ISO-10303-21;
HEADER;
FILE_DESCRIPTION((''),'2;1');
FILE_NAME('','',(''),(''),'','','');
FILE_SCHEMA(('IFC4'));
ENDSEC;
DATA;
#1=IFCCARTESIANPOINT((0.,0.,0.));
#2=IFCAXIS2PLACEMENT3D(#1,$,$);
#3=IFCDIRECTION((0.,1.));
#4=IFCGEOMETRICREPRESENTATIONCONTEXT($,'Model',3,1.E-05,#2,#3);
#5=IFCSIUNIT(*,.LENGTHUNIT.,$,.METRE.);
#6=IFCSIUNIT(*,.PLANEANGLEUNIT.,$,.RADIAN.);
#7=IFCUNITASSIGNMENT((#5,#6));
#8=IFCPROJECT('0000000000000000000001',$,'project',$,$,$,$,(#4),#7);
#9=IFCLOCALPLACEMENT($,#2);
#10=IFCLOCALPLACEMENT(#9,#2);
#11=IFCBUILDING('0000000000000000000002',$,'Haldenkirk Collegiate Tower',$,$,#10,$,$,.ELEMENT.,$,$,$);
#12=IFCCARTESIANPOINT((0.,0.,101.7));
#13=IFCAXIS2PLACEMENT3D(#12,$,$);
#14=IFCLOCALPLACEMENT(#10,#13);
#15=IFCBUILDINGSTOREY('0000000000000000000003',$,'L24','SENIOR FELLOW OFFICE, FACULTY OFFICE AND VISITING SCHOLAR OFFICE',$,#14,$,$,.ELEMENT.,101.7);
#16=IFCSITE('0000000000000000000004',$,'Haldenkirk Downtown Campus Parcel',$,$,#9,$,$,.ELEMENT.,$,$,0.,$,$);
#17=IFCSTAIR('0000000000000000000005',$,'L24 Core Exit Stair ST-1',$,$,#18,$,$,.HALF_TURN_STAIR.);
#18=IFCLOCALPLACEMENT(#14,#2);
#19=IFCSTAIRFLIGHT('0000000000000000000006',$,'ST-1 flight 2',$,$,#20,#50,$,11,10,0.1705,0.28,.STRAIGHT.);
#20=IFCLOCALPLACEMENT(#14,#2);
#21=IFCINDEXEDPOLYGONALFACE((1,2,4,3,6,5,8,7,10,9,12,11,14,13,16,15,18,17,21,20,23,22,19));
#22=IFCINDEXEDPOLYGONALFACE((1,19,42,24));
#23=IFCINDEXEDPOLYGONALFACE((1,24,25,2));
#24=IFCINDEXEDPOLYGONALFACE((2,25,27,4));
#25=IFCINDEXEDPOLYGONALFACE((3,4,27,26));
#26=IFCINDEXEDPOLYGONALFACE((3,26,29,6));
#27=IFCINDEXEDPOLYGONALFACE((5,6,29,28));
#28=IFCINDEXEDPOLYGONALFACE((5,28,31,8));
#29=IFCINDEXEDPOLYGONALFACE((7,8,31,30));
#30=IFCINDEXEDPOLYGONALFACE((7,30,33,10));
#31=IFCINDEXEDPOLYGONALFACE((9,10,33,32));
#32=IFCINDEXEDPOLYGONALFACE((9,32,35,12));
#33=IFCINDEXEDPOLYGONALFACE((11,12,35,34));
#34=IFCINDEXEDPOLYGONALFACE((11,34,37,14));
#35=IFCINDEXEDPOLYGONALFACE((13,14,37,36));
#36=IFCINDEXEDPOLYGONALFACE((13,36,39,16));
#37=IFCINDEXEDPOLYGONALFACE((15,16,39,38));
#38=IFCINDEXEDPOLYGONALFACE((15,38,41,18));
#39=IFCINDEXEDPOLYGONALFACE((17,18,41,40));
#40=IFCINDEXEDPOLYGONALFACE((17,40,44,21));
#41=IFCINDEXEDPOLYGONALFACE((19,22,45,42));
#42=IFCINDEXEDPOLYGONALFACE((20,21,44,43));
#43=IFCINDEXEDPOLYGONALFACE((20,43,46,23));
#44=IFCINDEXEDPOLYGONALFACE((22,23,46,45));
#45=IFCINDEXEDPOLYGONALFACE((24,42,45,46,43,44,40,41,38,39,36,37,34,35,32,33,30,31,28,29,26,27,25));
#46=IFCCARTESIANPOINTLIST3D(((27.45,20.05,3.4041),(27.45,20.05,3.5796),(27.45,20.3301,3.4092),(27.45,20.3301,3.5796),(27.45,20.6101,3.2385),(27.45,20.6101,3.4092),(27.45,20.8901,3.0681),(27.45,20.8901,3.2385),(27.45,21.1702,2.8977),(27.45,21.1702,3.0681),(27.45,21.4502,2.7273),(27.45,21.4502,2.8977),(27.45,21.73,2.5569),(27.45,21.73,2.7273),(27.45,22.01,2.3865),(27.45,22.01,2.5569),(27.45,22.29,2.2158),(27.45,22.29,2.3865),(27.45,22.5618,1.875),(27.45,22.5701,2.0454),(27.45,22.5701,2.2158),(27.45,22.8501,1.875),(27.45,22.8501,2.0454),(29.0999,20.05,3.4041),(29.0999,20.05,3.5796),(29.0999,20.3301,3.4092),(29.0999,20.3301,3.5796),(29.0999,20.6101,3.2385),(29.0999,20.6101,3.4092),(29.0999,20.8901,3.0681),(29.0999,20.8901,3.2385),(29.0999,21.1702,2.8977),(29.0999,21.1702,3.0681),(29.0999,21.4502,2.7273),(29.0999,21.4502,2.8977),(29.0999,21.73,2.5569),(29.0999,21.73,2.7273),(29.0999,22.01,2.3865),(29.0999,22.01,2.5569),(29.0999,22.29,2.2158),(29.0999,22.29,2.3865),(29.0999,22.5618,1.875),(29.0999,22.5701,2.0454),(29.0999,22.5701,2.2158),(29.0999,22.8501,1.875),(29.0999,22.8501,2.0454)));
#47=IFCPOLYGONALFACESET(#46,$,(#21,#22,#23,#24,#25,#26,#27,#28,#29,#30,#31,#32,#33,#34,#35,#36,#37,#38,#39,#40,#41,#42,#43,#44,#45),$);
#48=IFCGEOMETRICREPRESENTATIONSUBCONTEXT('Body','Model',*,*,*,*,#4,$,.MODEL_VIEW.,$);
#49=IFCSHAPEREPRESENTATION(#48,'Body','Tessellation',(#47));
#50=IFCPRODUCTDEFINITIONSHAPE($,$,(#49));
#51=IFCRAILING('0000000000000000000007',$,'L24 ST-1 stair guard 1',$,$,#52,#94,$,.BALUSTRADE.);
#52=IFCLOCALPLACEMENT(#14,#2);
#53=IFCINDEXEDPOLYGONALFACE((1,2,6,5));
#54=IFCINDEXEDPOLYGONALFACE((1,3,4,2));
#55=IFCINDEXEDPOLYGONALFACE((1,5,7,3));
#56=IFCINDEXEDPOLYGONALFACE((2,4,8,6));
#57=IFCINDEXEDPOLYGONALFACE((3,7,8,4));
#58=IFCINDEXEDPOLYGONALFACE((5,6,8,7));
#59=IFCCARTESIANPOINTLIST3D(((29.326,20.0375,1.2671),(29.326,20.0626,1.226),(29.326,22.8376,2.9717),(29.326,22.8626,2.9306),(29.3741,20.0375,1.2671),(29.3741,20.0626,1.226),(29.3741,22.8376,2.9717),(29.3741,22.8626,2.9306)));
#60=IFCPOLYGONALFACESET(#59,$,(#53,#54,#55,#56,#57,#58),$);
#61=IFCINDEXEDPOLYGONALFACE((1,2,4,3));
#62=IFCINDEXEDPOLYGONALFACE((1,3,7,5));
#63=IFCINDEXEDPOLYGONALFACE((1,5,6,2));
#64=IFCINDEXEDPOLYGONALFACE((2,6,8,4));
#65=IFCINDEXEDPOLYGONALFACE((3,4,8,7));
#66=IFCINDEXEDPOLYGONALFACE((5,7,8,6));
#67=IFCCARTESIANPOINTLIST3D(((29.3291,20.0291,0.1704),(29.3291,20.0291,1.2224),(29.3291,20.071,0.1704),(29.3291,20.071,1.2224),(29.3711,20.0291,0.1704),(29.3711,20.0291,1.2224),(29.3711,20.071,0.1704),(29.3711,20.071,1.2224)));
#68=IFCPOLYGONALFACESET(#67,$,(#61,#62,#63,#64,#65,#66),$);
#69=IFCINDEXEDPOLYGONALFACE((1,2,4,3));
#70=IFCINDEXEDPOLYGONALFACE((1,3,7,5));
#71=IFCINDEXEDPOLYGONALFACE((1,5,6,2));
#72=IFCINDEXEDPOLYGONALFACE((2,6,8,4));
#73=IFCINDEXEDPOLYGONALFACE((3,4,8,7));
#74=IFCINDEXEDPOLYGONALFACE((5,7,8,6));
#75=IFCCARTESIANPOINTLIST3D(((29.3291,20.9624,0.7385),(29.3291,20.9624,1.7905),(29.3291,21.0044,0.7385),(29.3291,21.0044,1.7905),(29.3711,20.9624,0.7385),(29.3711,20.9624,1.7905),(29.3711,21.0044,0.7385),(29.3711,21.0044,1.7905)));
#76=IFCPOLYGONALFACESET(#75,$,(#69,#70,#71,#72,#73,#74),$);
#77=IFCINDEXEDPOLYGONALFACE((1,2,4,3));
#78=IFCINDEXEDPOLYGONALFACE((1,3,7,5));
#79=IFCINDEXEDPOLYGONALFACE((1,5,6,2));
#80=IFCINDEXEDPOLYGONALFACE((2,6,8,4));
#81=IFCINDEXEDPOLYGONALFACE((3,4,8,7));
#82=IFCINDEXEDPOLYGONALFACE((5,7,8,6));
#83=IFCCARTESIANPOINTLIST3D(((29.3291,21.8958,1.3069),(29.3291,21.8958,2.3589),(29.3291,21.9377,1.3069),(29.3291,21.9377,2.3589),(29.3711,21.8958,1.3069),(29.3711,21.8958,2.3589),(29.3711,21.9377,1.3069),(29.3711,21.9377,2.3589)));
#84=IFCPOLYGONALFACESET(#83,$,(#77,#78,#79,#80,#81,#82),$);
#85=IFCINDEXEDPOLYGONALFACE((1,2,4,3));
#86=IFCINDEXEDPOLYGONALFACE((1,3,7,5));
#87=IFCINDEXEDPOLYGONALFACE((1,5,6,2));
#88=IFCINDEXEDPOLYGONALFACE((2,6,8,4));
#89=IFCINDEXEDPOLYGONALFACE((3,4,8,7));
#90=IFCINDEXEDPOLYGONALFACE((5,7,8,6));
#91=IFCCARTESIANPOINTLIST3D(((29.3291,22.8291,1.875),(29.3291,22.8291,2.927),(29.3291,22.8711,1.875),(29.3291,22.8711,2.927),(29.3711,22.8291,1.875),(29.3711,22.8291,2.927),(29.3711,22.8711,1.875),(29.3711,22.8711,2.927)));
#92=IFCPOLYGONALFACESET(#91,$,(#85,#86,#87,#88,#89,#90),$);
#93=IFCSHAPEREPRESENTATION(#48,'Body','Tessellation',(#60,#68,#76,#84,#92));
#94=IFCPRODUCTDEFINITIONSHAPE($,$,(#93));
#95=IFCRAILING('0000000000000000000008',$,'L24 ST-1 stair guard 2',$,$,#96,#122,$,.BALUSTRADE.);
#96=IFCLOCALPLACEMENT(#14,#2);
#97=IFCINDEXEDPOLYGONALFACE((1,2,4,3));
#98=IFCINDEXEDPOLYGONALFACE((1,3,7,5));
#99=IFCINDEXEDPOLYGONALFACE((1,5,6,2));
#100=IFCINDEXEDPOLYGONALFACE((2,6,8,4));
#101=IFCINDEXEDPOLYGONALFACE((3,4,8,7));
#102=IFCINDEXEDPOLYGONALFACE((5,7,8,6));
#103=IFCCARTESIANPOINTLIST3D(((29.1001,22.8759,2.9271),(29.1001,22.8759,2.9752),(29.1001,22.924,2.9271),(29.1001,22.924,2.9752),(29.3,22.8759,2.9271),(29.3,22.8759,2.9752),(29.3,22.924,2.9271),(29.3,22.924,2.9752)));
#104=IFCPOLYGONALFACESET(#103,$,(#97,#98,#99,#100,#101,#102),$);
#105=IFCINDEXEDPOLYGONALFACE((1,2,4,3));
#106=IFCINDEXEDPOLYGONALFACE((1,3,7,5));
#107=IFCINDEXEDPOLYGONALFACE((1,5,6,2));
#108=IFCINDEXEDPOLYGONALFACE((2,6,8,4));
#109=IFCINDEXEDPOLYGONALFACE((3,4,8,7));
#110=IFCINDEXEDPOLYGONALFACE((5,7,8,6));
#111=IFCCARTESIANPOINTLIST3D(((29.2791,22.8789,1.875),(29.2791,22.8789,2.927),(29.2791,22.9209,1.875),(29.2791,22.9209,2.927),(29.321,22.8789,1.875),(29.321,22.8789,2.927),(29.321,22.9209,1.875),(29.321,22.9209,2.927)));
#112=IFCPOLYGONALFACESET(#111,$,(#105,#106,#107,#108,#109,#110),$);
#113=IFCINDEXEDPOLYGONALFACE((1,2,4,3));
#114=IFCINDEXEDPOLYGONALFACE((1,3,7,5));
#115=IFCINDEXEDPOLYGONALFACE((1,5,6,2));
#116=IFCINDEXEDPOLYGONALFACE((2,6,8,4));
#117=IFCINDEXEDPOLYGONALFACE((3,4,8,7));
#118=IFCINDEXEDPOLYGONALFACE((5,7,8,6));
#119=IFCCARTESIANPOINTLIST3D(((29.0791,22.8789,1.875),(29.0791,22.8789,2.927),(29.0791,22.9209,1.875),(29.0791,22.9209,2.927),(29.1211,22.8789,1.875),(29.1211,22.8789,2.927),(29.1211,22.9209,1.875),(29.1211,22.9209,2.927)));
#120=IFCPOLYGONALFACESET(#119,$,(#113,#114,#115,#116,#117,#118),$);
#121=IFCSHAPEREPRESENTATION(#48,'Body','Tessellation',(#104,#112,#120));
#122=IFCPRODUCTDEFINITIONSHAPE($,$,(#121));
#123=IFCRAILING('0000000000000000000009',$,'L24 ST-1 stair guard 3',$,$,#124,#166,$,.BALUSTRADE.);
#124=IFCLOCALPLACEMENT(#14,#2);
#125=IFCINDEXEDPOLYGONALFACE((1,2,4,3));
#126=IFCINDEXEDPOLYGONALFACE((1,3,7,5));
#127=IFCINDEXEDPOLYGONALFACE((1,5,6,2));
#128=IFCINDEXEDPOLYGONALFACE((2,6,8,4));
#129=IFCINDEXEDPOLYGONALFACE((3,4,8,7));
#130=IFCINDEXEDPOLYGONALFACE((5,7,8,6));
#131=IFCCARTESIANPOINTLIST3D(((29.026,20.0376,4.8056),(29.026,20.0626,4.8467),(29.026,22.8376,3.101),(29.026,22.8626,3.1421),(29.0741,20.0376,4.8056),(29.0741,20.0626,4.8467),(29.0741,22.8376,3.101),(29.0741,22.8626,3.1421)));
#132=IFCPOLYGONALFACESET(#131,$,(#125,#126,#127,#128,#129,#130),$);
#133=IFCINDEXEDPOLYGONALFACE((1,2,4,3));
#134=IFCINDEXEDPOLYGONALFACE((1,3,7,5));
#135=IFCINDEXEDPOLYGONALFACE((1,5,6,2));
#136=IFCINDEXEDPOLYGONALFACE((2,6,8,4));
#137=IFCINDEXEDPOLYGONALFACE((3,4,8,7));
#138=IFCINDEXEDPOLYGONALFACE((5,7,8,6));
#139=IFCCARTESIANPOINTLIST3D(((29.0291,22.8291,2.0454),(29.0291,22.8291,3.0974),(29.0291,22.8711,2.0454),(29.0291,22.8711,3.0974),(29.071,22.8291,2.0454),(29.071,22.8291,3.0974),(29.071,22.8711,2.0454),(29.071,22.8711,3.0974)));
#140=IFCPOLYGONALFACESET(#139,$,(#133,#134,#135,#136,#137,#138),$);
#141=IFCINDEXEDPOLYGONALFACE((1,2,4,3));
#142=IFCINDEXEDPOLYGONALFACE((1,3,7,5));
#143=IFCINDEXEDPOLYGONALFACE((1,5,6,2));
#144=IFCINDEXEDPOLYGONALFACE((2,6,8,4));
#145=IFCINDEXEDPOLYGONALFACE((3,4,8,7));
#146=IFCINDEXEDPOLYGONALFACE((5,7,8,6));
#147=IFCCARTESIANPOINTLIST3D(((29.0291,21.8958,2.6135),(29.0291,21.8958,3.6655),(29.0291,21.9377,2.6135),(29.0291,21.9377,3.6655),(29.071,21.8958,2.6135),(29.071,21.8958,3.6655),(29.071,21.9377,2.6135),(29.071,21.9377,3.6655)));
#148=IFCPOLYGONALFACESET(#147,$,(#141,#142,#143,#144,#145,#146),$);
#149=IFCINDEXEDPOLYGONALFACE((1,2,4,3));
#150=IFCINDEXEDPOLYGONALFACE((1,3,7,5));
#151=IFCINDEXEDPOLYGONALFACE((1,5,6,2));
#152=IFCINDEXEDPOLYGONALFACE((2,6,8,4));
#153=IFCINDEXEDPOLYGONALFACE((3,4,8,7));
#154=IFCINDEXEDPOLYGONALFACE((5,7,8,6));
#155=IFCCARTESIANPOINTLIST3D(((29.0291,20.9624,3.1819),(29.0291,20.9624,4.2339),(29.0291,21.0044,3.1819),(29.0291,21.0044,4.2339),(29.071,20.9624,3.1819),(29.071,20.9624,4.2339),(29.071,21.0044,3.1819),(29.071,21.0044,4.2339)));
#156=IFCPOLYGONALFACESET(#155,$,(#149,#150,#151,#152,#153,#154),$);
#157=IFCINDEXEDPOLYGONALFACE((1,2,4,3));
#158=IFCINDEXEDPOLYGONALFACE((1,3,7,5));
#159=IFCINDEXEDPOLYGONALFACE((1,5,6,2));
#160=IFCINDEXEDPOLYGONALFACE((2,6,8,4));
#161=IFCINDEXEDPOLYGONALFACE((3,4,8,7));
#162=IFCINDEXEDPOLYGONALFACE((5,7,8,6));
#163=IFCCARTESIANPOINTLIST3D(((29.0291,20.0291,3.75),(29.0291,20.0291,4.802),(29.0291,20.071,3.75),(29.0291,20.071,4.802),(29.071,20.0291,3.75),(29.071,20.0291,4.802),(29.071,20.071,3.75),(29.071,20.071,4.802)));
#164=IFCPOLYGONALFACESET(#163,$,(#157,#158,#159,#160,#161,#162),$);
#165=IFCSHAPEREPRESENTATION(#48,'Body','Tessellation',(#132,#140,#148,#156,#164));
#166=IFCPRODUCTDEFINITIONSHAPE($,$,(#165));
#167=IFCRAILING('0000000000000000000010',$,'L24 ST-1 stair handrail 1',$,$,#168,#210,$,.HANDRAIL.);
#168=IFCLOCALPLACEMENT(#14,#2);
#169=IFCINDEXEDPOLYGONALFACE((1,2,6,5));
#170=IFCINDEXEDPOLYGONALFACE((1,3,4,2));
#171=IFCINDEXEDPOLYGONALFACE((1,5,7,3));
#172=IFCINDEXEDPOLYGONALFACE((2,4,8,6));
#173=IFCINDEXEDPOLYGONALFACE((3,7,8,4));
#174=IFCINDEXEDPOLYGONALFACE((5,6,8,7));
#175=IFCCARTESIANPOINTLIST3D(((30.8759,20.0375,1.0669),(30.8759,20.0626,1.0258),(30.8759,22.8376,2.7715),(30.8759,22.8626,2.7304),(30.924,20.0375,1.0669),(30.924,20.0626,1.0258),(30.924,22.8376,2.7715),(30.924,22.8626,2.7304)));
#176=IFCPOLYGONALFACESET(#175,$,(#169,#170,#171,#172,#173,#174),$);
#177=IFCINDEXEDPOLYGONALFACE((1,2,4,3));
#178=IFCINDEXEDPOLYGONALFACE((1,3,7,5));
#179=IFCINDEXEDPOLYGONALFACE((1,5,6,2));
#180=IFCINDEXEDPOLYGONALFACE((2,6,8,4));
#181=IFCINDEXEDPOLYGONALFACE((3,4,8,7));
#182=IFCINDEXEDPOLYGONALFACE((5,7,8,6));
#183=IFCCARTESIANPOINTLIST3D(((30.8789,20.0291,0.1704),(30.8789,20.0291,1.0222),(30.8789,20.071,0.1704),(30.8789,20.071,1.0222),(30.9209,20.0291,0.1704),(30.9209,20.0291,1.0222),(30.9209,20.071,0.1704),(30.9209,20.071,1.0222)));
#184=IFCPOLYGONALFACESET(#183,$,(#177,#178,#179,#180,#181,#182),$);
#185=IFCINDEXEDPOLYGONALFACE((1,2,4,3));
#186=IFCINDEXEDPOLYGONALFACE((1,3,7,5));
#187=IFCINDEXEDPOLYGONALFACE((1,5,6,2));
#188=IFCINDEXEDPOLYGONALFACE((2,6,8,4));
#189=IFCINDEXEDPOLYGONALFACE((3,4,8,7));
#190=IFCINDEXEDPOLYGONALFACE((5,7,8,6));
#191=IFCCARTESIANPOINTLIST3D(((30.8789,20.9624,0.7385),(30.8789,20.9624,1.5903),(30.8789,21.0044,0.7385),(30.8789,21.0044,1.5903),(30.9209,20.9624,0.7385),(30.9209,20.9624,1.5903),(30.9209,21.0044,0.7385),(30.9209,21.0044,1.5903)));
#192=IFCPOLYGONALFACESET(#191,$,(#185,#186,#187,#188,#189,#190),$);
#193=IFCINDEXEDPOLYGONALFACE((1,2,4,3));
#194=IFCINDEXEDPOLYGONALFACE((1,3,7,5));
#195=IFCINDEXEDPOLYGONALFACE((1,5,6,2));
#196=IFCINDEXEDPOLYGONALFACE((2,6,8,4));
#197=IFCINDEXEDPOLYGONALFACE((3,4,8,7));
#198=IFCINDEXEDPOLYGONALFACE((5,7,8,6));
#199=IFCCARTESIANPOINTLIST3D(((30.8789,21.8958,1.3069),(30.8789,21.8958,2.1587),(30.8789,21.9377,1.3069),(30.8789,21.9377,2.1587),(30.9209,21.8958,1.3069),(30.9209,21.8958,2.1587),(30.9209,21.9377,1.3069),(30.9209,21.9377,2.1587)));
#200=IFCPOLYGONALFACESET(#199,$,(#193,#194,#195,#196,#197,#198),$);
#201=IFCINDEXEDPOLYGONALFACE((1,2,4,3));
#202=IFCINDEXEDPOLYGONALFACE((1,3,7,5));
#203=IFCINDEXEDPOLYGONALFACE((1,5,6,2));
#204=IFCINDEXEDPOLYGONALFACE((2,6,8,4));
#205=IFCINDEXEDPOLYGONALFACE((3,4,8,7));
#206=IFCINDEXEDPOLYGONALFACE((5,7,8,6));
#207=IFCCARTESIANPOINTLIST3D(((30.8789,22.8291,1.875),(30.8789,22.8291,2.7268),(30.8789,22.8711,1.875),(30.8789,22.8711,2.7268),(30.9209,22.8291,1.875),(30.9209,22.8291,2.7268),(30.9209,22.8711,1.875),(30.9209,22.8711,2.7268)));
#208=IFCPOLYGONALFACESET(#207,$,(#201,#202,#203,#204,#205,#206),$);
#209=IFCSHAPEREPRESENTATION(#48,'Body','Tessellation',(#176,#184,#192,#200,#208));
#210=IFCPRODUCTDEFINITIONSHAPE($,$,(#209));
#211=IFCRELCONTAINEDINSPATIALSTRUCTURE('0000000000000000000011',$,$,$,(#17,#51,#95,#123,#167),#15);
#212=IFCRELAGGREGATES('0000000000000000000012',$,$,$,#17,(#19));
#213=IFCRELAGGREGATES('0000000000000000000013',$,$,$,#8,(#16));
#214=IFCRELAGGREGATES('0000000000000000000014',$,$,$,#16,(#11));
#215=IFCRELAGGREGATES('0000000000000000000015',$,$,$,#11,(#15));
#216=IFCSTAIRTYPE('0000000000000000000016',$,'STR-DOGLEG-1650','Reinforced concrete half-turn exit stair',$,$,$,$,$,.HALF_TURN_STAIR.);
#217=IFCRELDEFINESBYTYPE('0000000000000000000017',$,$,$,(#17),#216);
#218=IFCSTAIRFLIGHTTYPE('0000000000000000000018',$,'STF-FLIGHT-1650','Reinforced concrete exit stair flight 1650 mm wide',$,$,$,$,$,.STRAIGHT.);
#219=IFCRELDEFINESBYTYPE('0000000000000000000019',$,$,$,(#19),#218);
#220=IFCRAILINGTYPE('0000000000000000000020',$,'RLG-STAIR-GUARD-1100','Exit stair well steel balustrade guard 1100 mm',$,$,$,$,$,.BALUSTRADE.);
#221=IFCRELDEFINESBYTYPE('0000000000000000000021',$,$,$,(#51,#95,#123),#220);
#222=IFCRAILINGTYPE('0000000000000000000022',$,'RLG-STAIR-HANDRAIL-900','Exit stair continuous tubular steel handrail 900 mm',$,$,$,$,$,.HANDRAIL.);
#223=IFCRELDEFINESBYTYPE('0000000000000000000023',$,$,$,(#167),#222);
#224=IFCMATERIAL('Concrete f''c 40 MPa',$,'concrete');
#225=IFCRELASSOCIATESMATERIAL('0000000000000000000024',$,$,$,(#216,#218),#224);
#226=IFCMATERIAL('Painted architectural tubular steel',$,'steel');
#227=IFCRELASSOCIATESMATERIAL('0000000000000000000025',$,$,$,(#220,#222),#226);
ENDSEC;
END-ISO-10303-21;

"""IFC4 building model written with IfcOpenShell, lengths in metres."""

from ifc_helpers import new_model, si_unit, direction, frame, origin, origin_2d, place, context, subcontext, project, spatial, polyline, rectangle, outline, extrude, material, type_object, element, aggregate, save


model = new_model("IFC4")

# Units and contexts
model_context = context("Model", 3, precision=1e-05, world=origin(), true_north=direction((0.0, 1.0)))
body_context = subcontext(model_context, "Body", "Model", "MODEL_VIEW")
ifc_project = project(units=[si_unit("LENGTHUNIT", "METRE"), si_unit("PLANEANGLEUNIT", "RADIAN")], contexts=[model_context])

# Site, building, storey
site_placement = place(None, origin())
site = spatial("IfcSite", under=ifc_project, at=site_placement, Name="Haldenkirk Downtown Campus Parcel", CompositionType="ELEMENT", RefElevation=0.0)
building_placement = place(site_placement, origin())
building = spatial("IfcBuilding", under=site, at=building_placement, Name="Haldenkirk Collegiate Tower", CompositionType="ELEMENT")
storey_placement = place(building_placement, frame((0.0, 0.0, 101.7)))
storey = spatial("IfcBuildingStorey", under=building, at=storey_placement, Name="L24", Description="SENIOR FELLOW OFFICE, FACULTY OFFICE AND VISITING SCHOLAR OFFICE", CompositionType="ELEMENT", Elevation=101.7)

# Stair, stair flight
ifc_material_1 = material(Name="Concrete f'c 40 MPa", Category="concrete")
stair_type = type_object("IfcStairType", Name="STR-DOGLEG-1650", Description="Reinforced concrete half-turn exit stair", PredefinedType="HALF_TURN_STAIR", material=ifc_material_1)
stair_placement = place(storey_placement, origin())
stair = element("IfcStair", 1, at=stair_placement, inside=storey, type_object=stair_type, Name="L24 Core Exit Stair ST-1", PredefinedType="HALF_TURN_STAIR")
stair_flight_type = type_object("IfcStairFlightType", Name="STF-FLIGHT-1650", Description="Reinforced concrete exit stair flight 1650 mm wide", PredefinedType="STRAIGHT", material=ifc_material_1)
stair_flight_1_placement = place(storey_placement, frame((28.2749, 22.8501, 1.875), z_axis=(0.0, 0.0, 1.0), x_axis=(0.0, -1.0, 0.0)))
stair_flight_1 = element("IfcStairFlight", 2, at=stair_flight_1_placement, type_object=stair_flight_type, Name="ST-1 flight 2", NumberOfRisers=11, NumberOfTreads=10, PredefinedType="STRAIGHT", RiserHeight=0.1705, TreadLength=0.28, context=body_context, shape_type="SweptSolid", body=[
    extrude(outline(polyline([(0.0, 0.0), (0.0, 0.1704), (0.28, 0.1704), (0.28, 0.3408), (0.5601, 0.3408), (0.5601, 0.5115), (0.8401, 0.5115), (0.8401, 0.6819), (1.1201, 0.6819), (1.1201, 0.8523), (1.3999, 0.8523), (1.3999, 1.0227), (1.6799, 1.0227), (1.6799, 1.1931), (1.96, 1.1931), (1.96, 1.3635), (2.24, 1.3635), (2.24, 1.5342), (2.52, 1.5342), (2.52, 1.7046), (2.8, 1.7046), (2.8, 1.875), (2.8, 1.5291), (0.2883, 0.0), (0.0, 0.0)])), frame((0.0, 0.825, 0.0), z_axis=(0.0, -1.0, 0.0), x_axis=(1.0, 0.0, 0.0)), (0.0, 0.0, 1.0), 1.6499),
])
aggregate(stair, [stair_flight_1])

# Railings
ifc_material_2 = material(Name="Painted architectural tubular steel", Category="steel")
railing_type_1 = type_object("IfcRailingType", Name="RLG-STAIR-GUARD-1100", Description="Exit stair well steel balustrade guard 1100 mm", PredefinedType="BALUSTRADE", material=ifc_material_2)
railing_1_placement = place(storey_placement, frame((29.3501, 20.05, 0.1704)))
element("IfcRailing", 3, at=railing_1_placement, inside=storey, type_object=railing_type_1, Name="L24 ST-1 stair guard 1", PredefinedType="BALUSTRADE", context=body_context, shape_type="SweptSolid", body=[
    extrude(rectangle(XDim=0.0481, YDim=0.0481, at=origin_2d()), frame((0.0, 0.0, 1.0762), z_axis=(0.0, 0.85417, 0.519994), x_axis=(-1.0, 0.0, 0.0)), (0.0, 0.0, 1.0), 3.2781),
    extrude(rectangle(XDim=0.042, YDim=0.042, at=origin_2d()), origin(), (0.0, 0.0, 1.0), 1.052),
    extrude(rectangle(XDim=0.042, YDim=0.042, at=origin_2d()), frame((0.0, 0.9333, 0.5681)), (0.0, 0.0, 1.0), 1.052),
    extrude(rectangle(XDim=0.042, YDim=0.042, at=origin_2d()), frame((0.0, 1.8667, 1.1365)), (0.0, 0.0, 1.0), 1.052),
    extrude(rectangle(XDim=0.042, YDim=0.042, at=origin_2d()), frame((0.0, 2.8, 1.7046)), (0.0, 0.0, 1.0), 1.052),
])
railing_2_placement = place(storey_placement, frame((29.3, 22.8999, 1.875)))
element("IfcRailing", 4, at=railing_2_placement, inside=storey, type_object=railing_type_1, Name="L24 ST-1 stair guard 2", PredefinedType="BALUSTRADE", context=body_context, shape_type="SweptSolid", body=[
    extrude(rectangle(XDim=0.0481, YDim=0.0481, at=origin_2d()), frame((0.0, 0.0, 1.0762), z_axis=(-1.0, 0.0, 0.0), x_axis=(0.0, -1.0, 0.0)), (0.0, 0.0, 1.0), 0.2),
    extrude(rectangle(XDim=0.042, YDim=0.042, at=origin_2d()), origin(), (0.0, 0.0, 1.0), 1.052),
    extrude(rectangle(XDim=0.042, YDim=0.042, at=origin_2d()), frame((-0.2, 0.0, 0.0)), (0.0, 0.0, 1.0), 1.052),
])
railing_3_placement = place(storey_placement, frame((29.05, 22.8501, 2.0454)))
element("IfcRailing", 5, at=railing_3_placement, inside=storey, type_object=railing_type_1, Name="L24 ST-1 stair guard 3", PredefinedType="BALUSTRADE", context=body_context, shape_type="SweptSolid", body=[
    extrude(rectangle(XDim=0.0481, YDim=0.0481, at=origin_2d()), frame((0.0, 0.0, 1.0762), z_axis=(0.0, -0.85417, 0.519994), x_axis=(1.0, 0.0, 0.0)), (0.0, 0.0, 1.0), 3.2781),
    extrude(rectangle(XDim=0.042, YDim=0.042, at=origin_2d()), origin(), (0.0, 0.0, 1.0), 1.052),
    extrude(rectangle(XDim=0.042, YDim=0.042, at=origin_2d()), frame((0.0, -0.9333, 0.5681)), (0.0, 0.0, 1.0), 1.052),
    extrude(rectangle(XDim=0.042, YDim=0.042, at=origin_2d()), frame((0.0, -1.8667, 1.1365)), (0.0, 0.0, 1.0), 1.052),
    extrude(rectangle(XDim=0.042, YDim=0.042, at=origin_2d()), frame((0.0, -2.8, 1.7046)), (0.0, 0.0, 1.0), 1.052),
])
railing_type_2 = type_object("IfcRailingType", Name="RLG-STAIR-HANDRAIL-900", Description="Exit stair continuous tubular steel handrail 900 mm", PredefinedType="HANDRAIL", material=ifc_material_2)
railing_4_placement = place(storey_placement, frame((30.8999, 20.05, 0.1704)))
element("IfcRailing", 6, at=railing_4_placement, inside=storey, type_object=railing_type_2, Name="L24 ST-1 stair handrail 1", PredefinedType="HANDRAIL", context=body_context, shape_type="SweptSolid", body=[
    extrude(rectangle(XDim=0.0481, YDim=0.0481, at=origin_2d()), frame((0.0, 0.0, 0.876), z_axis=(0.0, 0.85417, 0.519994), x_axis=(-1.0, 0.0, 0.0)), (0.0, 0.0, 1.0), 3.2781),
    extrude(rectangle(XDim=0.042, YDim=0.042, at=origin_2d()), origin(), (0.0, 0.0, 1.0), 0.8518),
    extrude(rectangle(XDim=0.042, YDim=0.042, at=origin_2d()), frame((0.0, 0.9333, 0.5681)), (0.0, 0.0, 1.0), 0.8518),
    extrude(rectangle(XDim=0.042, YDim=0.042, at=origin_2d()), frame((0.0, 1.8667, 1.1365)), (0.0, 0.0, 1.0), 0.8518),
    extrude(rectangle(XDim=0.042, YDim=0.042, at=origin_2d()), frame((0.0, 2.8, 1.7046)), (0.0, 0.0, 1.0), 0.8518),
])

save(model, "model.ifc")
